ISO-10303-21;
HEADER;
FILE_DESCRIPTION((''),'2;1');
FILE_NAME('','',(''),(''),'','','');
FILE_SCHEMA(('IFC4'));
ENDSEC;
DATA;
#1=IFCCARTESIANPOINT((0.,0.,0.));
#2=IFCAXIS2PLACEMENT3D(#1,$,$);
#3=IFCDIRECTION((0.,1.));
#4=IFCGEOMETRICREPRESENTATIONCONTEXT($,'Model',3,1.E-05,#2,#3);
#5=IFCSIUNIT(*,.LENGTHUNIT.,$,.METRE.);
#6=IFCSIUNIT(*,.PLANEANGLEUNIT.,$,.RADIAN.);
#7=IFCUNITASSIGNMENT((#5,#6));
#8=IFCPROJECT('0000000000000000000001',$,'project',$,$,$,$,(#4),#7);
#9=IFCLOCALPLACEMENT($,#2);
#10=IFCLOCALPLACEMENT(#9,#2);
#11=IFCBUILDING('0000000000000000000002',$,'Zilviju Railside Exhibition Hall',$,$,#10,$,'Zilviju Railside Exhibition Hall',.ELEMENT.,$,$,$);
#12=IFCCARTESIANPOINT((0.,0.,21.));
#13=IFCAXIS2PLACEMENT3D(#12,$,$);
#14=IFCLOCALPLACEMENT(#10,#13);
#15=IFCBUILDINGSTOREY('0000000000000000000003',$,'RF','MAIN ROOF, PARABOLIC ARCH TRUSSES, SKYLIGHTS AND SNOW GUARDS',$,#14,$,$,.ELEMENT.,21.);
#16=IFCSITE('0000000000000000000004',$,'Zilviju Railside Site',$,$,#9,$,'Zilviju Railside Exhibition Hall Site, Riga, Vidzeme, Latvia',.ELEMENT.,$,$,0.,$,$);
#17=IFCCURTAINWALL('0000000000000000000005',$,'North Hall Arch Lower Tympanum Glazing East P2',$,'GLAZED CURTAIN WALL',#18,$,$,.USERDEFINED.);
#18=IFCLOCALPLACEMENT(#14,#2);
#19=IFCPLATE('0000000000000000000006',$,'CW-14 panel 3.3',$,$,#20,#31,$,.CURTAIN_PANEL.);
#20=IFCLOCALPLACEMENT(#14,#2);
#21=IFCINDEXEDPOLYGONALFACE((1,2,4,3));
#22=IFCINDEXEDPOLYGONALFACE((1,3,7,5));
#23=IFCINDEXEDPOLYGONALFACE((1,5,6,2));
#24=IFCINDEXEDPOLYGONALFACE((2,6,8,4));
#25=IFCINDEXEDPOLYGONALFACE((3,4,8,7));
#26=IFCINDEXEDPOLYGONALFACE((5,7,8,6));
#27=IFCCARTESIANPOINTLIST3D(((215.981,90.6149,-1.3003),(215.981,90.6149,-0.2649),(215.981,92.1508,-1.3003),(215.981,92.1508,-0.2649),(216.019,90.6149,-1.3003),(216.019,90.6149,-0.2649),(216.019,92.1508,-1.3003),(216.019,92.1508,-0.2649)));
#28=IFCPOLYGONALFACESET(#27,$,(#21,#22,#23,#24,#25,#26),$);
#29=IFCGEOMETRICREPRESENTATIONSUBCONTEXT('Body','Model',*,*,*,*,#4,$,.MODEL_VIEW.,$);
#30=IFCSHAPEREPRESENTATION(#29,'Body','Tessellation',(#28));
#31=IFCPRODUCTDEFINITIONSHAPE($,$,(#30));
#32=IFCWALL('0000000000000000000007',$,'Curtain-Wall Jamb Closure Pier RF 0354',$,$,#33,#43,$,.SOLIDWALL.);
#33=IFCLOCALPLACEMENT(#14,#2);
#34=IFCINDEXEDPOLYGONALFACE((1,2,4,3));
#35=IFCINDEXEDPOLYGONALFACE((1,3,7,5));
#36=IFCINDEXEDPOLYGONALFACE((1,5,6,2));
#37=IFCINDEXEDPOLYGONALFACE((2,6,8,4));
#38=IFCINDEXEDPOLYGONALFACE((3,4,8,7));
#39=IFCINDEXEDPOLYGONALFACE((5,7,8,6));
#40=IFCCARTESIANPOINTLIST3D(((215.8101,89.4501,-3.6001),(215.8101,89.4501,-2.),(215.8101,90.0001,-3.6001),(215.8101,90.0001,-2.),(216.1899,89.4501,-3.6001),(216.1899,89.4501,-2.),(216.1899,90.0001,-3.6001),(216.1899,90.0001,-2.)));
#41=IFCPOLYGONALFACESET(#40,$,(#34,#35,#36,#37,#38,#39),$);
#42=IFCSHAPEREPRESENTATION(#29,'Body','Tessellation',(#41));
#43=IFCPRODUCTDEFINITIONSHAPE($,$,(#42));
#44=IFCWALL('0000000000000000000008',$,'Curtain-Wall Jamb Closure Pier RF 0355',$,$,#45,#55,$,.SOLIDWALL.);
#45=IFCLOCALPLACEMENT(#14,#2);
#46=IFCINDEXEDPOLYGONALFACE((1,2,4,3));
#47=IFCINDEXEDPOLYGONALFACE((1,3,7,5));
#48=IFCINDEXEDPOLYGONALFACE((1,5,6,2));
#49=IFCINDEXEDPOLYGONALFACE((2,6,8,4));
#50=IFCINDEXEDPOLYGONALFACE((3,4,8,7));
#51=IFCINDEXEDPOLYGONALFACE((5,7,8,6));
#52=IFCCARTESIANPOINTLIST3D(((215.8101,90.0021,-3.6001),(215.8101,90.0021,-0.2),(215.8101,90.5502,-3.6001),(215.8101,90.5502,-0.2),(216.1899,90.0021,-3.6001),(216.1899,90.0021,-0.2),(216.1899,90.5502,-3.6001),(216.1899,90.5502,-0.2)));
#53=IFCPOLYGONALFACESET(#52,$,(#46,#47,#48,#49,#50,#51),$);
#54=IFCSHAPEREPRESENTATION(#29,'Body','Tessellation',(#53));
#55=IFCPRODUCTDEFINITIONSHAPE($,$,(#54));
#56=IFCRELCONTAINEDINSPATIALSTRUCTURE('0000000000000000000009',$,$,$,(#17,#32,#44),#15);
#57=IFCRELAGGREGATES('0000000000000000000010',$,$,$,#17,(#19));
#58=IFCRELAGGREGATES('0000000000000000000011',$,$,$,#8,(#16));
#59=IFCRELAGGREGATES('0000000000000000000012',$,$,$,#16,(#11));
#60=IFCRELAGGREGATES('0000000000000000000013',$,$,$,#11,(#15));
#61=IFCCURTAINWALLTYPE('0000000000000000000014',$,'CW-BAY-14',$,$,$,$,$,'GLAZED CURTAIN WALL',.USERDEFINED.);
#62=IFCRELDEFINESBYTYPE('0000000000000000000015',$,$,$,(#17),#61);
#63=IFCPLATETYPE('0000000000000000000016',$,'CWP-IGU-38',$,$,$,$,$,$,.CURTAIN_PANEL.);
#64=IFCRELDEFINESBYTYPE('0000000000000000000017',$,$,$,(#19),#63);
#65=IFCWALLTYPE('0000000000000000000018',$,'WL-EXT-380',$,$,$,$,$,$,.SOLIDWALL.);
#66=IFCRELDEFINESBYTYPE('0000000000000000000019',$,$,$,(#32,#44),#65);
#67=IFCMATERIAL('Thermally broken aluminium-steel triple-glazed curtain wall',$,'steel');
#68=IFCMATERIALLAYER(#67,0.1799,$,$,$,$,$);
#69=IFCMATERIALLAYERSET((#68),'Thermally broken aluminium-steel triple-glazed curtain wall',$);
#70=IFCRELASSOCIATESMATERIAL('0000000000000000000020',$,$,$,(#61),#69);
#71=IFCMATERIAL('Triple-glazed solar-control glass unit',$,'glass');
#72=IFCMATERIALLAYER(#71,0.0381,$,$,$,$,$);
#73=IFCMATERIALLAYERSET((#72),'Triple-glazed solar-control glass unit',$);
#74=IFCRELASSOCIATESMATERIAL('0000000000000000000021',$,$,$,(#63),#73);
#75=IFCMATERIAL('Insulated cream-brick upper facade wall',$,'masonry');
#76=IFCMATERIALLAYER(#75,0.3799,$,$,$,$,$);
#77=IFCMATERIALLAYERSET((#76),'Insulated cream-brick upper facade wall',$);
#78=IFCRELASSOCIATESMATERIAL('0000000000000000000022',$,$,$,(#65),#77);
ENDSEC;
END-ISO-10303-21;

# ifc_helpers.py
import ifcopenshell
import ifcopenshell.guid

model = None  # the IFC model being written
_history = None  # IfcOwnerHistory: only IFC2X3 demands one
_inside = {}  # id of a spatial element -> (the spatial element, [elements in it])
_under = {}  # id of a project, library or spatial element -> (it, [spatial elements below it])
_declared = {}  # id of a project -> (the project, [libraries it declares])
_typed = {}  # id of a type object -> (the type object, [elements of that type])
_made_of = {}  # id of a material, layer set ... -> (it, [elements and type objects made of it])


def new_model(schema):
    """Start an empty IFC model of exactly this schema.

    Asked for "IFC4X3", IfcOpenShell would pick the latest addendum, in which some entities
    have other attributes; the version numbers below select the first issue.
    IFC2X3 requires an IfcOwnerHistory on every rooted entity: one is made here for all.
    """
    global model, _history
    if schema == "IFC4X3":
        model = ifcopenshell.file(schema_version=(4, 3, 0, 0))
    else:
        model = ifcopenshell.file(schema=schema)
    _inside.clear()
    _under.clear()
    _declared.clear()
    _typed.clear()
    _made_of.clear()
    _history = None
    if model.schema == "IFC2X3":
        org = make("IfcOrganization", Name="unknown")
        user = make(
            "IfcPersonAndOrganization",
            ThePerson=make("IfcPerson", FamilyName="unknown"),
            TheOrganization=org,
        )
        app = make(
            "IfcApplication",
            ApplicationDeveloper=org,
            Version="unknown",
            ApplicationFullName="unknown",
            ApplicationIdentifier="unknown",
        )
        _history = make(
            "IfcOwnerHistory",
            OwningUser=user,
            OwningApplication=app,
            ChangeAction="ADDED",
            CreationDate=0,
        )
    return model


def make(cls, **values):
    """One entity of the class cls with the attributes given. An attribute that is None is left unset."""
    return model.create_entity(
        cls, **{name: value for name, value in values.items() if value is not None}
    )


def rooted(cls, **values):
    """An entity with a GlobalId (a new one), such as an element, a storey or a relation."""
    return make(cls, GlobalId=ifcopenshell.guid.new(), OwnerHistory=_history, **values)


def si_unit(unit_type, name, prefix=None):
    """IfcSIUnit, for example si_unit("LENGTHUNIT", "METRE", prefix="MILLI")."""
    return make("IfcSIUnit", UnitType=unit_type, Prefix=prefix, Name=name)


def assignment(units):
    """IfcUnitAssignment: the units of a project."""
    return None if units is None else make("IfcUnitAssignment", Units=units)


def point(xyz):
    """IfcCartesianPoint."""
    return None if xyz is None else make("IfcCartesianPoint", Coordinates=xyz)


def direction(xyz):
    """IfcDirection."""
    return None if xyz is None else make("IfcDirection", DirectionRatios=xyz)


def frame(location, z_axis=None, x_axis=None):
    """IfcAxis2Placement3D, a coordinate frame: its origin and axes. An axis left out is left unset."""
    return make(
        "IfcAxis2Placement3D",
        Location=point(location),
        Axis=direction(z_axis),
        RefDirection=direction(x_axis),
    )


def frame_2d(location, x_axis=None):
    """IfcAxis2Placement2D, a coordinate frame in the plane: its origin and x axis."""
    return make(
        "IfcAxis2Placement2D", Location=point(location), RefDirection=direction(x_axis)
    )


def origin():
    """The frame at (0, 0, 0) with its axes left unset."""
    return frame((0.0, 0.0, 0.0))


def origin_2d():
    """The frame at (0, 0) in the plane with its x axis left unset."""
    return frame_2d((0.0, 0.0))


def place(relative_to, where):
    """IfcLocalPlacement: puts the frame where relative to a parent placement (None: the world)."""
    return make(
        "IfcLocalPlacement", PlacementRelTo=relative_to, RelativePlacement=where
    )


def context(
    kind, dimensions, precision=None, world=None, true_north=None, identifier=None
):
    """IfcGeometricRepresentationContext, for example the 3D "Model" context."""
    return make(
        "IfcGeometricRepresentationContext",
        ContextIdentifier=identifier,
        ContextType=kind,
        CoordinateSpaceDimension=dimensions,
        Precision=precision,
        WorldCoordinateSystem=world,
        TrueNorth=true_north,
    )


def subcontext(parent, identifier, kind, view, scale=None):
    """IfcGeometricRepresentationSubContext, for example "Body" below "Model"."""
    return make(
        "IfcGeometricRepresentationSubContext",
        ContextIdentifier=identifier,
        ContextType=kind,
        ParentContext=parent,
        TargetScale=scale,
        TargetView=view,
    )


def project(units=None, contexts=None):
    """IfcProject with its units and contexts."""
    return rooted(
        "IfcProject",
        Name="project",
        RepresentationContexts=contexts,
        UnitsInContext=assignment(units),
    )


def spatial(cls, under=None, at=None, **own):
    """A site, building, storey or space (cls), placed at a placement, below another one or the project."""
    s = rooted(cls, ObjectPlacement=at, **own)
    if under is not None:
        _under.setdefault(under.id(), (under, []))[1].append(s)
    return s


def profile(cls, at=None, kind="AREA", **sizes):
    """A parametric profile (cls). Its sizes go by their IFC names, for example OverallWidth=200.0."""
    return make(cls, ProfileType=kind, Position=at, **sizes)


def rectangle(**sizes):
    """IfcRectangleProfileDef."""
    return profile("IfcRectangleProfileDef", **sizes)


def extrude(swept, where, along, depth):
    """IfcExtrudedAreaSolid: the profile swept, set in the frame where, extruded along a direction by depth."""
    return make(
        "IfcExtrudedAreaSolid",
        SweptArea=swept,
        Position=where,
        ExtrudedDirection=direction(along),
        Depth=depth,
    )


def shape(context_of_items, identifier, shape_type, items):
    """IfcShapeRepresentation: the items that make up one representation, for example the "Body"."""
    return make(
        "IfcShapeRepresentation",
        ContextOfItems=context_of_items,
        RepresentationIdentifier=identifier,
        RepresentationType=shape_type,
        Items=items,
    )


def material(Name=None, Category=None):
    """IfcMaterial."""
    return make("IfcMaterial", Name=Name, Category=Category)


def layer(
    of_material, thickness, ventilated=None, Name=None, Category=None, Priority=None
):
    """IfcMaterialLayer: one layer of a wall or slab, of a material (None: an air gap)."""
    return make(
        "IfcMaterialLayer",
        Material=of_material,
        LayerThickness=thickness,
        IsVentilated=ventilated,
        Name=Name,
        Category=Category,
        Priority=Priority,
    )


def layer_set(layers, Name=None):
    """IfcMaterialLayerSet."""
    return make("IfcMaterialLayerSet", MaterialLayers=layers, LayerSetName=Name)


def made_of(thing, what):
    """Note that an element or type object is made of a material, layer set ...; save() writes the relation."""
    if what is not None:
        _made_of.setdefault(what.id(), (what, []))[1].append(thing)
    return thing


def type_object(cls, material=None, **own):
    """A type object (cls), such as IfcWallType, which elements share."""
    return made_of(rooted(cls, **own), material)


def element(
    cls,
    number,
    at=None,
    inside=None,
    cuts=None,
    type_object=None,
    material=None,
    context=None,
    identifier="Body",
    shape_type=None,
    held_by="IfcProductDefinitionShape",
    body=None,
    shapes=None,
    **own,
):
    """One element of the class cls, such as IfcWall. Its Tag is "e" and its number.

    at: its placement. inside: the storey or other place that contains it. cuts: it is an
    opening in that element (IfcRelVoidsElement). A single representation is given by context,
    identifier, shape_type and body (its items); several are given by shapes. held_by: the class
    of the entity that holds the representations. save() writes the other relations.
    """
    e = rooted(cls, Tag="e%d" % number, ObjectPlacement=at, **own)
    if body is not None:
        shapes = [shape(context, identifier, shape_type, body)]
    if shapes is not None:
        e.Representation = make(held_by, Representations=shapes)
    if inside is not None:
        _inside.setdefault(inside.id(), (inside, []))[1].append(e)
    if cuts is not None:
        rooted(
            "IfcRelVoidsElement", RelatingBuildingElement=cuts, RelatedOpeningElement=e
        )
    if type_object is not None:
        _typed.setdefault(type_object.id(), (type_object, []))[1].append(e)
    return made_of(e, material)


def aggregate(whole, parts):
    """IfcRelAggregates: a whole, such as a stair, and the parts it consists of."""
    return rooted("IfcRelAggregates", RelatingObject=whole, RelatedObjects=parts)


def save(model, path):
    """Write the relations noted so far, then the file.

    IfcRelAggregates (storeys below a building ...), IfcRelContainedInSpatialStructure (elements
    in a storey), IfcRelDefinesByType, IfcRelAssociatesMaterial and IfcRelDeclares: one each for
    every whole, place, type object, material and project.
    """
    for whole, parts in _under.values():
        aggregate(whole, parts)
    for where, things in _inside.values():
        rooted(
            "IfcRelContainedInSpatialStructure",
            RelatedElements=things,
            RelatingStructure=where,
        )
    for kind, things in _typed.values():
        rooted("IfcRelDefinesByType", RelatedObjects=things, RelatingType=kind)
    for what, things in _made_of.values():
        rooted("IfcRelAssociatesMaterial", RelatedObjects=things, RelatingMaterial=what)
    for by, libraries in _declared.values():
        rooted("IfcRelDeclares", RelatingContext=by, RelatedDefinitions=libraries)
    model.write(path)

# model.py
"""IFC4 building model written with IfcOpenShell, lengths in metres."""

from ifc_helpers import new_model, si_unit, direction, frame, frame_2d, origin, origin_2d, place, context, subcontext, project, spatial, rectangle, extrude, material, layer, layer_set, type_object, element, aggregate, save


model = new_model("IFC4")

# Units and contexts
model_context = context("Model", 3, precision=1e-05, world=origin(), true_north=direction((0.0, 1.0)))
body_context = subcontext(model_context, "Body", "Model", "MODEL_VIEW")
ifc_project = project(units=[si_unit("LENGTHUNIT", "METRE"), si_unit("PLANEANGLEUNIT", "RADIAN")], contexts=[model_context])

# Site, building, storey
site_placement = place(None, origin())
site = spatial("IfcSite", under=ifc_project, at=site_placement, Name="Zilviju Railside Site", LongName="Zilviju Railside Exhibition Hall Site, Riga, Vidzeme, Latvia", CompositionType="ELEMENT", RefElevation=0.0)
building_placement = place(site_placement, origin())
building = spatial("IfcBuilding", under=site, at=building_placement, Name="Zilviju Railside Exhibition Hall", LongName="Zilviju Railside Exhibition Hall", CompositionType="ELEMENT")
storey_placement = place(building_placement, frame((0.0, 0.0, 21.0)))
storey = spatial("IfcBuildingStorey", under=building, at=storey_placement, Name="RF", Description="MAIN ROOF, PARABOLIC ARCH TRUSSES, SKYLIGHTS AND SNOW GUARDS", CompositionType="ELEMENT", Elevation=21.0)

# Curtain wall, plate
ifc_material_1 = material(Name="Thermally broken aluminium-steel triple-glazed curtain wall", Category="steel")
ifc_layer_1 = layer(ifc_material_1, 0.1799)
ifc_layer_set_1 = layer_set([ifc_layer_1], Name="Thermally broken aluminium-steel triple-glazed curtain wall")
curtain_wall_type = type_object("IfcCurtainWallType", Name="CW-BAY-14", ElementType="GLAZED CURTAIN WALL", PredefinedType="USERDEFINED", material=ifc_layer_set_1)
curtain_wall_placement = place(storey_placement, origin())
curtain_wall = element("IfcCurtainWall", 1, at=curtain_wall_placement, inside=storey, type_object=curtain_wall_type, Name="North Hall Arch Lower Tympanum Glazing East P2", ObjectType="GLAZED CURTAIN WALL", PredefinedType="USERDEFINED")
ifc_material_2 = material(Name="Triple-glazed solar-control glass unit", Category="glass")
ifc_layer_2 = layer(ifc_material_2, 0.0381)
ifc_layer_set_2 = layer_set([ifc_layer_2], Name="Triple-glazed solar-control glass unit")
plate_type = type_object("IfcPlateType", Name="CWP-IGU-38", PredefinedType="CURTAIN_PANEL", material=ifc_layer_set_2)
plate_1_placement = place(storey_placement, frame((216.0, 91.3828, -1.3003), z_axis=(0.0, 0.0, 1.0), x_axis=(0.0, -1.0, 0.0)))
plate_1 = element("IfcPlate", 2, at=plate_1_placement, type_object=plate_type, Name="CW-14 panel 3.3", PredefinedType="CURTAIN_PANEL", context=body_context, shape_type="SweptSolid", body=[
    extrude(rectangle(XDim=1.5359, YDim=0.0381, at=origin_2d()), origin(), (0.0, 0.0, 1.0), 1.0354),
])
aggregate(curtain_wall, [plate_1])

# Walls
ifc_material_3 = material(Name="Insulated cream-brick upper facade wall", Category="masonry")
ifc_layer_3 = layer(ifc_material_3, 0.3799)
ifc_layer_set_3 = layer_set([ifc_layer_3], Name="Insulated cream-brick upper facade wall")
wall_type = type_object("IfcWallType", Name="WL-EXT-380", PredefinedType="SOLIDWALL", material=ifc_layer_set_3)
wall_1_placement = place(storey_placement, frame((216.0, 90.0, -3.6001), z_axis=(0.0, 0.0, 1.0), x_axis=(0.0, -1.0, 0.0)))
element("IfcWall", 3, at=wall_1_placement, inside=storey, type_object=wall_type, Name="Curtain-Wall Jamb Closure Pier RF 0354", PredefinedType="SOLIDWALL", context=body_context, shape_type="SweptSolid", body=[
    extrude(rectangle(XDim=0.55, YDim=0.3799, at=frame_2d((0.2749, 0.0))), origin(), (0.0, 0.0, 1.0), 1.6001),
])
wall_2_placement = place(storey_placement, frame((216.0, 90.55, -3.6001), z_axis=(0.0, 0.0, 1.0), x_axis=(0.0, -1.0, 0.0)))
element("IfcWall", 4, at=wall_2_placement, inside=storey, type_object=wall_type, Name="Curtain-Wall Jamb Closure Pier RF 0355", PredefinedType="SOLIDWALL", context=body_context, shape_type="SweptSolid", body=[
    extrude(rectangle(XDim=0.5481, YDim=0.3799, at=frame_2d((0.2739, 0.0))), origin(), (0.0, 0.0, 1.0), 3.4001),
])

save(model, "model.ifc")
